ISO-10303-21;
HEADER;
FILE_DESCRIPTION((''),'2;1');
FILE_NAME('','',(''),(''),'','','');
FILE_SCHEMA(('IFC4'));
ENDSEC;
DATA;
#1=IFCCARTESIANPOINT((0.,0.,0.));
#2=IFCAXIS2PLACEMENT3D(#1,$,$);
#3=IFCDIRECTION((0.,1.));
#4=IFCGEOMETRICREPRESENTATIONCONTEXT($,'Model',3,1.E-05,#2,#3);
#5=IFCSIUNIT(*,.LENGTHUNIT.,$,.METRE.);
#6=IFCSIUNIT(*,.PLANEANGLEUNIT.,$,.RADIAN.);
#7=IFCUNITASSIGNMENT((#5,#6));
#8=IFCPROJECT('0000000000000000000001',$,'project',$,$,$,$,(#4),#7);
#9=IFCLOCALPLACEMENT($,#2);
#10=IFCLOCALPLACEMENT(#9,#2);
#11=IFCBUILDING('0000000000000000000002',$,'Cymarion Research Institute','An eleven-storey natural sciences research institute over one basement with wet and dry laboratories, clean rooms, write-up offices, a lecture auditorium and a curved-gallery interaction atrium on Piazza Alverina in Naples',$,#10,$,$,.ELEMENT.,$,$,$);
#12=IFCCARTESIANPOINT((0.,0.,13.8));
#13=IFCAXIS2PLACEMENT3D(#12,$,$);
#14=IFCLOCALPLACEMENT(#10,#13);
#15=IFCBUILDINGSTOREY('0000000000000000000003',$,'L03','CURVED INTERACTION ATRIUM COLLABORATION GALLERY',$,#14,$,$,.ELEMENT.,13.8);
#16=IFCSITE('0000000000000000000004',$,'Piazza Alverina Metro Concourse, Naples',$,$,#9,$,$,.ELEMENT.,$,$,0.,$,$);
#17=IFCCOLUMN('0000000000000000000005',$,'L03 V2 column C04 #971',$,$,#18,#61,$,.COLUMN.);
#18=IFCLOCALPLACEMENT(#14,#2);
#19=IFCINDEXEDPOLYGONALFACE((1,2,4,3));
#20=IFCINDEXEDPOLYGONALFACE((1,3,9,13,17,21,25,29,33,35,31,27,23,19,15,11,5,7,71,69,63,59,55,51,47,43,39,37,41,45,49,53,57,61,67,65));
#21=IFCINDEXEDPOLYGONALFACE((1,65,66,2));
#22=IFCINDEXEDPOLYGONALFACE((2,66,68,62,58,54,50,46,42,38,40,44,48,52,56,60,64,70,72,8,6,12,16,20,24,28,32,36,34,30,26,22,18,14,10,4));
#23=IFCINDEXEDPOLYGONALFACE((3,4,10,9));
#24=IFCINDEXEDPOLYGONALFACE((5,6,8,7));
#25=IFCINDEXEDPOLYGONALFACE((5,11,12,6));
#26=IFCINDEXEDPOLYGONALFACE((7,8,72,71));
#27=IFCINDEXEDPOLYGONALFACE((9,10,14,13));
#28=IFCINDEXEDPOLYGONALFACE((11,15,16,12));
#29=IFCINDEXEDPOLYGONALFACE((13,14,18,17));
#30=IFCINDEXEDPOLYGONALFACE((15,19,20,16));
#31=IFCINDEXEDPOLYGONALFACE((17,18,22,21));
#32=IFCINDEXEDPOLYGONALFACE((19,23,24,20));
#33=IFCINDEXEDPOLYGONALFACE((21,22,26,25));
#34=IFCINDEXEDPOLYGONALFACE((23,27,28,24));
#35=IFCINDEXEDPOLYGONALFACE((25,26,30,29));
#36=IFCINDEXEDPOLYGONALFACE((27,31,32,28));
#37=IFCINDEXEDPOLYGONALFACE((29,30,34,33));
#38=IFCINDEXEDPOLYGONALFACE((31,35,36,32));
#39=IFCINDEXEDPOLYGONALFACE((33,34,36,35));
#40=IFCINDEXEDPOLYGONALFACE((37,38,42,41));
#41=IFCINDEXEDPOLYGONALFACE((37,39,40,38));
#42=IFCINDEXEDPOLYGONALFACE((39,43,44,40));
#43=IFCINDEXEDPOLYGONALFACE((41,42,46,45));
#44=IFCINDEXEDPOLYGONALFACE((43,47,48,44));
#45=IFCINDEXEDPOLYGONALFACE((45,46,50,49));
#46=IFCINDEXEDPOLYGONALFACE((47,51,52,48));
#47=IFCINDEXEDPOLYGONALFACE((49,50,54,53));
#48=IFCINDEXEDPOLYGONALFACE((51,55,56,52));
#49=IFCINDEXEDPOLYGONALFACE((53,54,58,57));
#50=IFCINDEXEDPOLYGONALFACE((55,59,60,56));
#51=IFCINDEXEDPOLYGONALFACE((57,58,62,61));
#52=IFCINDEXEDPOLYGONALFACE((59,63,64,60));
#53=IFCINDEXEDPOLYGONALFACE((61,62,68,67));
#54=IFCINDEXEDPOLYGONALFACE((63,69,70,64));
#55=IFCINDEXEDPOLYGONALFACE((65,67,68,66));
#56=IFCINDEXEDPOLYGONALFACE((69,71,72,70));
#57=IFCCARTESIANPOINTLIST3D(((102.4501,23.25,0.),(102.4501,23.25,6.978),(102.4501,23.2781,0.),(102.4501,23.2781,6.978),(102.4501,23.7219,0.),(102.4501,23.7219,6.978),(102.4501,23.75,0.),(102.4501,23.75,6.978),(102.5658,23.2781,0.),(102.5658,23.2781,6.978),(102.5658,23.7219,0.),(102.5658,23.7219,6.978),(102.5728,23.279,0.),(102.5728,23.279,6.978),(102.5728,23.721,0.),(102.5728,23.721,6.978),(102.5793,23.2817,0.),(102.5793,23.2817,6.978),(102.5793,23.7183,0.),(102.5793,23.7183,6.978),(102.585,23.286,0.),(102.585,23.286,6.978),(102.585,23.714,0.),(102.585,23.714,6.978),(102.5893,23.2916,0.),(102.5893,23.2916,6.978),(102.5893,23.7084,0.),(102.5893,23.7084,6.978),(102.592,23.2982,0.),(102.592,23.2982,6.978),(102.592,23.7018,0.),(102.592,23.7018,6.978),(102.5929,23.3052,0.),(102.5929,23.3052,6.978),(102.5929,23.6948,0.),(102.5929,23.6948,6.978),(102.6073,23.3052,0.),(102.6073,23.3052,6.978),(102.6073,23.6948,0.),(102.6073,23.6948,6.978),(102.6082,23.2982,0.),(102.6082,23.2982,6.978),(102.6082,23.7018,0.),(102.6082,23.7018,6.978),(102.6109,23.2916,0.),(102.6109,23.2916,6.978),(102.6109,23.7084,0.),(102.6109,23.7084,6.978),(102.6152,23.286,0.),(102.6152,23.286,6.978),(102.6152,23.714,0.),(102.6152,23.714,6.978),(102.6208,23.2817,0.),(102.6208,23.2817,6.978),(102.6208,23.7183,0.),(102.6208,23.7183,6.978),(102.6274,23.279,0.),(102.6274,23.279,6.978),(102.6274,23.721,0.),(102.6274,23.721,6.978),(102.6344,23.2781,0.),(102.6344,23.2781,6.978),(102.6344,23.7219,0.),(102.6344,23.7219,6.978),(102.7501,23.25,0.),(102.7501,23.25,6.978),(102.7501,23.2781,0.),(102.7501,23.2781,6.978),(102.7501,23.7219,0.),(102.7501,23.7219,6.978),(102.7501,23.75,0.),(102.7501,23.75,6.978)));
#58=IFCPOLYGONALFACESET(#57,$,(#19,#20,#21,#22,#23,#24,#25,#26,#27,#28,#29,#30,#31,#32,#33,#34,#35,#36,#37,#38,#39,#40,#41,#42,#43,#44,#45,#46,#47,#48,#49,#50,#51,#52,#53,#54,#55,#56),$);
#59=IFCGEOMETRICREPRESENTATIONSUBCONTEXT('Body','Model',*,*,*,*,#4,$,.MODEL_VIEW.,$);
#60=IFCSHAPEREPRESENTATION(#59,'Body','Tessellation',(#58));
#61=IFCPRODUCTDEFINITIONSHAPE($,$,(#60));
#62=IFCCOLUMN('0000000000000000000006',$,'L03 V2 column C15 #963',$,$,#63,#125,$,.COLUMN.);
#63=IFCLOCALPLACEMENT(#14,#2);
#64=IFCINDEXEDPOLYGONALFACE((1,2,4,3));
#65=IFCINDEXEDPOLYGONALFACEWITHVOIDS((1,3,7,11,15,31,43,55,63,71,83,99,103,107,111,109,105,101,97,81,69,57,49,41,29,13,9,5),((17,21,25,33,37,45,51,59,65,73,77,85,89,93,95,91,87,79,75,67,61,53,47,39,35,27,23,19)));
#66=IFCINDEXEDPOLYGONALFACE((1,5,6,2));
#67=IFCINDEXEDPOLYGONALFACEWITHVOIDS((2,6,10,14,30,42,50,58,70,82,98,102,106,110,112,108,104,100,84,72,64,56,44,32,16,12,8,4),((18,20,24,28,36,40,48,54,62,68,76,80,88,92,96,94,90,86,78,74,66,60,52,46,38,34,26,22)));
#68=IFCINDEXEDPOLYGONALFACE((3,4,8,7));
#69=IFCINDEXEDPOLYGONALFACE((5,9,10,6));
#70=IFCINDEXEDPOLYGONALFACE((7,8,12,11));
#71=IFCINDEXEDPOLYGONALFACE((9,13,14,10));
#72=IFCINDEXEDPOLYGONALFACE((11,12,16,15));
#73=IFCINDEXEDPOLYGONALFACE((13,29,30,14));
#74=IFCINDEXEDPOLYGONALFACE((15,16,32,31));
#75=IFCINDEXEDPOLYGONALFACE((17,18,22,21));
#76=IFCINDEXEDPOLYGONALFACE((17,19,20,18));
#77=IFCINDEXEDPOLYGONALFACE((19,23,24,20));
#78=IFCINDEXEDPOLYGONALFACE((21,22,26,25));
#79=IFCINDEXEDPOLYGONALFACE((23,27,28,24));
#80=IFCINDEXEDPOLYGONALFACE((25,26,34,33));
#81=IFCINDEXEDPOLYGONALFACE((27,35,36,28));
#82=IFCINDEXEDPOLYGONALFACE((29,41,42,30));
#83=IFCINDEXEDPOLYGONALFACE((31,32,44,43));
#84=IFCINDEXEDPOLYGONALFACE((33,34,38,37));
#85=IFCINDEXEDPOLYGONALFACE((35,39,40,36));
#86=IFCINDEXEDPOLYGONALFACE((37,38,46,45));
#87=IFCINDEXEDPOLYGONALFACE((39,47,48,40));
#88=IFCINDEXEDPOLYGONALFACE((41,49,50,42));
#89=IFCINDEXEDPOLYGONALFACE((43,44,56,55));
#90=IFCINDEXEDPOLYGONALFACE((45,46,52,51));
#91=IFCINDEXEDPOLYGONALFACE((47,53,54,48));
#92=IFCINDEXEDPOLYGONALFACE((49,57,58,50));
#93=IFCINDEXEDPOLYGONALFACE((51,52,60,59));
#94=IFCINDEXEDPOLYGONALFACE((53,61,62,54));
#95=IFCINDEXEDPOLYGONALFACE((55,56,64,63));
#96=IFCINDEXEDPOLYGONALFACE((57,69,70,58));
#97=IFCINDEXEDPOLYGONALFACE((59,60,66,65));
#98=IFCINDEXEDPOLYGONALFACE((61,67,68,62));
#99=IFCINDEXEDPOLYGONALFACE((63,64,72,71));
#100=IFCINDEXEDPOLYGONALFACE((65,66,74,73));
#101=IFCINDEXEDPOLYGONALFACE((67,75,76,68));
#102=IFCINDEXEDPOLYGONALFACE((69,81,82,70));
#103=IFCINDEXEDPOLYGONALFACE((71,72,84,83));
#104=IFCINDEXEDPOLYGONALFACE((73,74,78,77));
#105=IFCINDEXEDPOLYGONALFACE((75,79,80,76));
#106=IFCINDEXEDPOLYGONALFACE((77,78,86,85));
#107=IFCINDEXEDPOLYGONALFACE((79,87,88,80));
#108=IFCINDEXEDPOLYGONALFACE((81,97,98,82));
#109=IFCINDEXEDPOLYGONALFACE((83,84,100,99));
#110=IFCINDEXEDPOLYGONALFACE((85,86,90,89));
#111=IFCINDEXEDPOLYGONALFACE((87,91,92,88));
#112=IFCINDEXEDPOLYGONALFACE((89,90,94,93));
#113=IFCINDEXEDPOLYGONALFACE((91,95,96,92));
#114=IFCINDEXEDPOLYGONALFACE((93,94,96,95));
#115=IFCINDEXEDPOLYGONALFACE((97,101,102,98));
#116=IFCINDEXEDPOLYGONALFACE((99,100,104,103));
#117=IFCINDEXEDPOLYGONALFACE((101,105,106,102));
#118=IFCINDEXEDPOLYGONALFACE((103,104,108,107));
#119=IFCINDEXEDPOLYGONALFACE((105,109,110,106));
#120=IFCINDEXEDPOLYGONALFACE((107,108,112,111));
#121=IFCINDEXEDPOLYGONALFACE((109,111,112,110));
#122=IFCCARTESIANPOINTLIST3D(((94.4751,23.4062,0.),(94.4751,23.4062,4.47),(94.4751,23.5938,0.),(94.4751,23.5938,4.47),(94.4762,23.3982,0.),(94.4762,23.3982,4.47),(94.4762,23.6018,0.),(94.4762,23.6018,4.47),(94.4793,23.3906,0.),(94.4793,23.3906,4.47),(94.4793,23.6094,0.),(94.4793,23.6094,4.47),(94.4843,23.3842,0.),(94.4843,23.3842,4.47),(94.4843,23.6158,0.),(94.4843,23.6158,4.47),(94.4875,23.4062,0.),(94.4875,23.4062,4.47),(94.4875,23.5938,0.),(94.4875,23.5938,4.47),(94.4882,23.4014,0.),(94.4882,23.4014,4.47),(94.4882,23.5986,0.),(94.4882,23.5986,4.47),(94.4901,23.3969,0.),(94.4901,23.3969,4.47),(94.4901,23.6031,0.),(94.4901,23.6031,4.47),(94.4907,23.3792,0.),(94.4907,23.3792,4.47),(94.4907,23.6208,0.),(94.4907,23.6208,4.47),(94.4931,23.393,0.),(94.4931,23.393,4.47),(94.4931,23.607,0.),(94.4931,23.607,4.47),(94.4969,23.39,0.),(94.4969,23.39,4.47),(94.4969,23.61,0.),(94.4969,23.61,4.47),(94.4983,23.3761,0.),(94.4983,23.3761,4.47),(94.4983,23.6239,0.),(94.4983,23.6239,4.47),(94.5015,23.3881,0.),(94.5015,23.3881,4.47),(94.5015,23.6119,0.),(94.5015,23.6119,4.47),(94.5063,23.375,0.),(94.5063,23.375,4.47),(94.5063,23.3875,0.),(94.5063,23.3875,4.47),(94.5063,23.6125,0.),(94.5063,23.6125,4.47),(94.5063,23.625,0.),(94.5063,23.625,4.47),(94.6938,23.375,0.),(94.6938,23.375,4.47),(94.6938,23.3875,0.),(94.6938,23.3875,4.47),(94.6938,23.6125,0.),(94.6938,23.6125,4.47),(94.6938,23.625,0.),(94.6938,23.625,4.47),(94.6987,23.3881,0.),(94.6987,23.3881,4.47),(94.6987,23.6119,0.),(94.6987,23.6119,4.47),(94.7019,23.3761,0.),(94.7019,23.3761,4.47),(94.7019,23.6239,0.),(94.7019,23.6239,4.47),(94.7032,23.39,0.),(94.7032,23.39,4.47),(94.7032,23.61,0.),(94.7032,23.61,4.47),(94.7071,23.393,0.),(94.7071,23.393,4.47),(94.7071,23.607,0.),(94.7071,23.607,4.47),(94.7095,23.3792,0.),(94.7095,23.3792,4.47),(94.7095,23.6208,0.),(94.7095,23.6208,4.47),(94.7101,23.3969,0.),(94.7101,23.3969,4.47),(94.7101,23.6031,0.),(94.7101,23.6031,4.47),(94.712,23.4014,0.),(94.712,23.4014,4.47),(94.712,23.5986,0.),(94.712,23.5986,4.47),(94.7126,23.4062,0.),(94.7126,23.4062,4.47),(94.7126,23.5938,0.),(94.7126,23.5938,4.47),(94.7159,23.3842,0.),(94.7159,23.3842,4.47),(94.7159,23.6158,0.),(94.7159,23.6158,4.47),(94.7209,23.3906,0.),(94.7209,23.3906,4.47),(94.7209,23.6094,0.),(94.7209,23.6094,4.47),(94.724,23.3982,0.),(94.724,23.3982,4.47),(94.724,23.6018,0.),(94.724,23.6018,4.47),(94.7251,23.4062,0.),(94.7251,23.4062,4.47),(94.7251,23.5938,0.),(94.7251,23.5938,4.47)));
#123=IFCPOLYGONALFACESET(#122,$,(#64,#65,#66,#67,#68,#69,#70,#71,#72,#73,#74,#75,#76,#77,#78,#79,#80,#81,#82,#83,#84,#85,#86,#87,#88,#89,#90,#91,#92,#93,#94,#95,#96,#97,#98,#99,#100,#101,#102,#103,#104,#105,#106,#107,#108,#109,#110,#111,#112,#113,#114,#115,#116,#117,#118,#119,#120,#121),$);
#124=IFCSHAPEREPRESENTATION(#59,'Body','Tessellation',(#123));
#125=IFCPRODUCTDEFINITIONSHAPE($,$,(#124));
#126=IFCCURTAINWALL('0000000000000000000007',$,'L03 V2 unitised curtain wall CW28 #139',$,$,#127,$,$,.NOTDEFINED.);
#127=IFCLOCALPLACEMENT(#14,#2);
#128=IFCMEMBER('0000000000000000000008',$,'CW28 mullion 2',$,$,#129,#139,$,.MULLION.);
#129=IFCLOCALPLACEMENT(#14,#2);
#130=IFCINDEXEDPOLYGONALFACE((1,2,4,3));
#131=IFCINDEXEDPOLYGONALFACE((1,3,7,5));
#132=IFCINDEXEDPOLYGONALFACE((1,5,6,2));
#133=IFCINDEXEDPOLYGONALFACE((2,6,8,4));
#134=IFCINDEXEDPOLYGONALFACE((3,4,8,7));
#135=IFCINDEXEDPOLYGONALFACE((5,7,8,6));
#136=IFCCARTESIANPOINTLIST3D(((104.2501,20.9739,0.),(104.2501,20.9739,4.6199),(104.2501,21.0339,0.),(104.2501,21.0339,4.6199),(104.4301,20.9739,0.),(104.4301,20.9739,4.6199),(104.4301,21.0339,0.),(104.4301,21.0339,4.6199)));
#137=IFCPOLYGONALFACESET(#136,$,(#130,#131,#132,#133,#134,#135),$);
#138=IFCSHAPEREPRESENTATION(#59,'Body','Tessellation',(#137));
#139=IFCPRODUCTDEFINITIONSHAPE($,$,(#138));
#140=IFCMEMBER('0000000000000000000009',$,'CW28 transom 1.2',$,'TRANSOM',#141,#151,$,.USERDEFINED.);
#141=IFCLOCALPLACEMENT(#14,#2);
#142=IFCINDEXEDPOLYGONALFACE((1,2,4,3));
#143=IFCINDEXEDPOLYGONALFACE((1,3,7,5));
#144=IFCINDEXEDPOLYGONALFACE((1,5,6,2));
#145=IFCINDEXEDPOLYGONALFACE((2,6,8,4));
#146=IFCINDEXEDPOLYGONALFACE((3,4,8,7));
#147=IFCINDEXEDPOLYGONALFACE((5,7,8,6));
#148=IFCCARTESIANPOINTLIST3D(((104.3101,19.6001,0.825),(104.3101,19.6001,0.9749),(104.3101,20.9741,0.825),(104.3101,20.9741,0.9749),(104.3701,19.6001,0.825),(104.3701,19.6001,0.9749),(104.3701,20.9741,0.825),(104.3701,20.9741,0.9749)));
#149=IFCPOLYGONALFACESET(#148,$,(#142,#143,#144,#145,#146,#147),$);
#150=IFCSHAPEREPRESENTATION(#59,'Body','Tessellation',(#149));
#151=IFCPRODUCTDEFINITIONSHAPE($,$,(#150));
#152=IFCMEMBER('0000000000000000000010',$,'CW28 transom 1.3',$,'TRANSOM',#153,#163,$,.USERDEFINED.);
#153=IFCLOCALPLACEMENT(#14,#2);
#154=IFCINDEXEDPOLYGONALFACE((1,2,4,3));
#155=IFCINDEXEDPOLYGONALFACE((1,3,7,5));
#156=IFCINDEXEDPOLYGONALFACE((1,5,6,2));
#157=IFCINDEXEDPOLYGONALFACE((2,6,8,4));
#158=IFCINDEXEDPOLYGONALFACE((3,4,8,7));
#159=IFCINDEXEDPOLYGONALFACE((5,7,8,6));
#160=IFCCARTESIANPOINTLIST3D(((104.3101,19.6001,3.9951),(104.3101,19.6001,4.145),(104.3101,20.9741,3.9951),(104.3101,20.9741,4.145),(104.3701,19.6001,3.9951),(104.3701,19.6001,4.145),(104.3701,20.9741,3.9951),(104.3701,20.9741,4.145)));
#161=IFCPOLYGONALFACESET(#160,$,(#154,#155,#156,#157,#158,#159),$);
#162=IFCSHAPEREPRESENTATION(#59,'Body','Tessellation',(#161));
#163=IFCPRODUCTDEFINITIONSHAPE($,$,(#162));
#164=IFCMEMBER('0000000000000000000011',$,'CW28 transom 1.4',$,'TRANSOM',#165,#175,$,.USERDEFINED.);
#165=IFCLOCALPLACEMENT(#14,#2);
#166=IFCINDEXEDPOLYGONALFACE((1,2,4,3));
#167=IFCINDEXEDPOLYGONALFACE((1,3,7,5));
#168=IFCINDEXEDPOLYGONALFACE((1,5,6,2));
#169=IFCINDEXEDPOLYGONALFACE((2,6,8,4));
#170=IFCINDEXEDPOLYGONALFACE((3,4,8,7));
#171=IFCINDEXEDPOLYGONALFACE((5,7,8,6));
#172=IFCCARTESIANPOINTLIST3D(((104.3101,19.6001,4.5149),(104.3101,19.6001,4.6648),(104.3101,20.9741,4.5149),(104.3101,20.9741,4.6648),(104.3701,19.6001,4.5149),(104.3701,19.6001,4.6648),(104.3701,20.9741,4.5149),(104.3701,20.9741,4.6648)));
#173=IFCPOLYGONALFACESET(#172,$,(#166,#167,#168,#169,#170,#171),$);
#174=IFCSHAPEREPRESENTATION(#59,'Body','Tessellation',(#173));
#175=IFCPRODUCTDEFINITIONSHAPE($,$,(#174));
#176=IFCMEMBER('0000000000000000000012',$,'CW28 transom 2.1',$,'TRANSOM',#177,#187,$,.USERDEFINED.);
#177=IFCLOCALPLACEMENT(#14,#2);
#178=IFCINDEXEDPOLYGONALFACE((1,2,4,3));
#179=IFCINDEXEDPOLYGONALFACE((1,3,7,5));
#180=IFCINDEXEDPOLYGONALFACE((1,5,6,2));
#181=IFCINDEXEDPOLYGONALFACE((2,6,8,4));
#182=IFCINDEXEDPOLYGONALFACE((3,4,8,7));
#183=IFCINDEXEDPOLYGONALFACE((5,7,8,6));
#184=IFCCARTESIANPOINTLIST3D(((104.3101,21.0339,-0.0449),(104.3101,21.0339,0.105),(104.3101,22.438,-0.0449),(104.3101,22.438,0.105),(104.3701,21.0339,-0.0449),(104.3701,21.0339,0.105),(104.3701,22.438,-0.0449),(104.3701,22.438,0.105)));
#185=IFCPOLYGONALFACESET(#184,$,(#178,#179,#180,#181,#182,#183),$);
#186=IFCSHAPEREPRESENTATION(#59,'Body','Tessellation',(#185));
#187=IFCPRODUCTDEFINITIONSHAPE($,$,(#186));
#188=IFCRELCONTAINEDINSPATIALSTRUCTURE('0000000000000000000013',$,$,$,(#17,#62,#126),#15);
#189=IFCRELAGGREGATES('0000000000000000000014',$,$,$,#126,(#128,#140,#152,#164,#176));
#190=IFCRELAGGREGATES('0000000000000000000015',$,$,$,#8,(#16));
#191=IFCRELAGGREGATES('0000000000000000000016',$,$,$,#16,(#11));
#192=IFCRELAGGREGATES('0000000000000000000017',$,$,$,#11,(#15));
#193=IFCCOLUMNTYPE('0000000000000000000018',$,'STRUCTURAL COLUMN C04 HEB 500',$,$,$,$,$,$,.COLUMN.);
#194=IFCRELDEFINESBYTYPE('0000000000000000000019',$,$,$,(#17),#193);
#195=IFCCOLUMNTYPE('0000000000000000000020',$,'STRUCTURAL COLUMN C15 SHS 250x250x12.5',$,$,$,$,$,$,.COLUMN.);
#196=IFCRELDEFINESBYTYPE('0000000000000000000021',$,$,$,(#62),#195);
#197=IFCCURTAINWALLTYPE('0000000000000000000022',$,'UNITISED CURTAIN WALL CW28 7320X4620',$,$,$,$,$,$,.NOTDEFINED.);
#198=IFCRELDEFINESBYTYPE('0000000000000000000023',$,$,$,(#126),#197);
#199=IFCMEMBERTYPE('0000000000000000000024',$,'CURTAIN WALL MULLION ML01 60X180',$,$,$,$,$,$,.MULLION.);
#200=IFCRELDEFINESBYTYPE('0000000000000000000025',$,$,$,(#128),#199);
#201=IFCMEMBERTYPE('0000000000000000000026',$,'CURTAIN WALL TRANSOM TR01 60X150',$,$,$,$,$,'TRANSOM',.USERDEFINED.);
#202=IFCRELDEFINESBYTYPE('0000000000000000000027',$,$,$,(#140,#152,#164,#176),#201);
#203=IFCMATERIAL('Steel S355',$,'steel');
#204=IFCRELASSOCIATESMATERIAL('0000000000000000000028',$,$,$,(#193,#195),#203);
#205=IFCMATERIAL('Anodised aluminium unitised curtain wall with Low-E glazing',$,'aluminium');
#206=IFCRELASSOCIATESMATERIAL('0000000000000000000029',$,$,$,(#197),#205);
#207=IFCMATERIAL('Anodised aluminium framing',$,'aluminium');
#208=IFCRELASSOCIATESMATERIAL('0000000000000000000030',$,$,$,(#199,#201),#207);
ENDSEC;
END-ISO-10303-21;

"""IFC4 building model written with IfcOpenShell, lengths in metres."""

from ifc_helpers import new_model, si_unit, direction, frame, origin, origin_2d, place, context, subcontext, project, spatial, rectangle, hollow_rectangle, i_section, extrude, material, material_profile, profile_set, type_object, element, aggregate, save


model = new_model("IFC4")

# Units and contexts
model_context = context("Model", 3, precision=1e-05, world=origin(), true_north=direction((0.0, 1.0)))
body_context = subcontext(model_context, "Body", "Model", "MODEL_VIEW")
ifc_project = project(units=[si_unit("LENGTHUNIT", "METRE"), si_unit("PLANEANGLEUNIT", "RADIAN")], contexts=[model_context])

# Site, building, storey
site_placement = place(None, origin())
site = spatial("IfcSite", under=ifc_project, at=site_placement, Name="Piazza Alverina Metro Concourse, Naples", CompositionType="ELEMENT", RefElevation=0.0)
building_placement = place(site_placement, origin())
building = spatial("IfcBuilding", under=site, at=building_placement, Name="Cymarion Research Institute", Description="An eleven-storey natural sciences research institute over one basement with wet and dry laboratories, clean rooms, write-up offices, a lecture auditorium and a curved-gallery interaction atrium on Piazza Alverina in Naples", CompositionType="ELEMENT")
storey_placement = place(building_placement, frame((0.0, 0.0, 13.8)))
storey = spatial("IfcBuildingStorey", under=building, at=storey_placement, Name="L03", Description="CURVED INTERACTION ATRIUM COLLABORATION GALLERY", CompositionType="ELEMENT", Elevation=13.8)

# Columns
ifc_material_1 = material(Name="Steel S355", Category="steel")
ifc_material_profile_1 = material_profile(ifc_material_1, i_section(OverallWidth=0.3, OverallDepth=0.5, WebThickness=0.0144, FlangeThickness=0.0281, FilletRadius=0.0271, at=origin_2d()), Name="HEB 500")
ifc_profile_set_1 = profile_set([ifc_material_profile_1], Name="Steel S355")
column_type_1 = type_object("IfcColumnType", Name="STRUCTURAL COLUMN C04 HEB 500", PredefinedType="COLUMN", material=ifc_profile_set_1)
column_1_placement = place(storey_placement, frame((102.6001, 23.5, 0.0), z_axis=(0.0, 0.0, 1.0), x_axis=(1.0, 0.0, 0.0)))
element("IfcColumn", 1, at=column_1_placement, inside=storey, type_object=column_type_1, Name="L03 V2 column C04 #971", PredefinedType="COLUMN", context=body_context, shape_type="SweptSolid", body=[
    extrude(i_section(OverallWidth=0.3, OverallDepth=0.5, WebThickness=0.0144, FlangeThickness=0.0281, FilletRadius=0.0271, at=origin_2d()), origin(), (0.0, 0.0, 1.0), 6.978),
])
ifc_material_profile_2 = material_profile(ifc_material_1, hollow_rectangle(XDim=0.25, YDim=0.25, WallThickness=0.0125, InnerFilletRadius=0.0188, OuterFilletRadius=0.0312, at=origin_2d()), Name="SHS 250x250x12.5")
ifc_profile_set_2 = profile_set([ifc_material_profile_2], Name="Steel S355")
column_type_2 = type_object("IfcColumnType", Name="STRUCTURAL COLUMN C15 SHS 250x250x12.5", PredefinedType="COLUMN", material=ifc_profile_set_2)
column_2_placement = place(storey_placement, frame((94.6001, 23.5, 0.0), z_axis=(0.0, 0.0, 1.0), x_axis=(1.0, 0.0, 0.0)))
element("IfcColumn", 2, at=column_2_placement, inside=storey, type_object=column_type_2, Name="L03 V2 column C15 #963", PredefinedType="COLUMN", context=body_context, shape_type="SweptSolid", body=[
    extrude(hollow_rectangle(XDim=0.25, YDim=0.25, WallThickness=0.0125, InnerFilletRadius=0.0188, OuterFilletRadius=0.0312, at=origin_2d()), origin(), (0.0, 0.0, 1.0), 4.47),
])

# Curtain wall, members
ifc_material_2 = material(Name="Anodised aluminium unitised curtain wall with Low-E glazing", Category="aluminium")
curtain_wall_type = type_object("IfcCurtainWallType", Name="UNITISED CURTAIN WALL CW28 7320X4620", PredefinedType="NOTDEFINED", material=ifc_material_2)
curtain_wall_placement = place(storey_placement, origin())
curtain_wall = element("IfcCurtainWall", 3, at=curtain_wall_placement, inside=storey, type_object=curtain_wall_type, Name="L03 V2 unitised curtain wall CW28 #139", PredefinedType="NOTDEFINED")
ifc_material_3 = material(Name="Anodised aluminium framing", Category="aluminium")
ifc_material_profile_3 = material_profile(ifc_material_3, rectangle(XDim=0.0601, YDim=0.1799, at=origin_2d()), Name="ALU MULLION 60x180")
ifc_profile_set_3 = profile_set([ifc_material_profile_3], Name="Anodised aluminium framing")
member_type_1 = type_object("IfcMemberType", Name="CURTAIN WALL MULLION ML01 60X180", PredefinedType="MULLION", material=ifc_profile_set_3)
member_1_placement = place(storey_placement, frame((104.3401, 21.0039, 0.0), z_axis=(0.0, 0.0, 1.0), x_axis=(0.0, 1.0, 0.0)))
member_1 = element("IfcMember", 4, at=member_1_placement, type_object=member_type_1, Name="CW28 mullion 2", PredefinedType="MULLION", context=body_context, shape_type="SweptSolid", body=[
    extrude(rectangle(XDim=0.0601, YDim=0.1799, at=origin_2d()), origin(), (0.0, 0.0, 1.0), 4.6199),
])
ifc_material_profile_4 = material_profile(ifc_material_3, rectangle(XDim=0.0601, YDim=0.1499, at=origin_2d()), Name="ALU TRANSOM 60x150")
ifc_profile_set_4 = profile_set([ifc_material_profile_4], Name="Anodised aluminium framing")
member_type_2 = type_object("IfcMemberType", Name="CURTAIN WALL TRANSOM TR01 60X150", ElementType="TRANSOM", PredefinedType="USERDEFINED", material=ifc_profile_set_4)
member_2_placement = place(storey_placement, frame((104.3401, 19.6001, 0.8999), z_axis=(0.0, 1.0, 0.0), x_axis=(-1.0, 0.0, 0.0)))
member_2 = element("IfcMember", 5, at=member_2_placement, type_object=member_type_2, Name="CW28 transom 1.2", ObjectType="TRANSOM", PredefinedType="USERDEFINED", context=body_context, shape_type="SweptSolid", body=[
    extrude(rectangle(XDim=0.0601, YDim=0.1499, at=origin_2d()), origin(), (0.0, 0.0, 1.0), 1.374),
])
member_3_placement = place(storey_placement, frame((104.3401, 19.6001, 4.0701), z_axis=(0.0, 1.0, 0.0), x_axis=(-1.0, 0.0, 0.0)))
member_3 = element("IfcMember", 6, at=member_3_placement, type_object=member_type_2, Name="CW28 transom 1.3", ObjectType="TRANSOM", PredefinedType="USERDEFINED", context=body_context, shape_type="SweptSolid", body=[
    extrude(rectangle(XDim=0.0601, YDim=0.1499, at=origin_2d()), origin(), (0.0, 0.0, 1.0), 1.374),
])
member_4_placement = place(storey_placement, frame((104.3401, 19.6001, 4.5898), z_axis=(0.0, 1.0, 0.0), x_axis=(-1.0, 0.0, 0.0)))
member_4 = element("IfcMember", 7, at=member_4_placement, type_object=member_type_2, Name="CW28 transom 1.4", ObjectType="TRANSOM", PredefinedType="USERDEFINED", context=body_context, shape_type="SweptSolid", body=[
    extrude(rectangle(XDim=0.0601, YDim=0.1499, at=origin_2d()), origin(), (0.0, 0.0, 1.0), 1.374),
])
member_5_placement = place(storey_placement, frame((104.3401, 21.0339, 0.03), z_axis=(0.0, 1.0, 0.0), x_axis=(-1.0, 0.0, 0.0)))
member_5 = element("IfcMember", 8, at=member_5_placement, type_object=member_type_2, Name="CW28 transom 2.1", ObjectType="TRANSOM", PredefinedType="USERDEFINED", context=body_context, shape_type="SweptSolid", body=[
    extrude(rectangle(XDim=0.0601, YDim=0.1499, at=origin_2d()), origin(), (0.0, 0.0, 1.0), 1.4041),
])

aggregate(curtain_wall, [member_1, member_2, member_3, member_4, member_5])

save(model, "model.ifc")
